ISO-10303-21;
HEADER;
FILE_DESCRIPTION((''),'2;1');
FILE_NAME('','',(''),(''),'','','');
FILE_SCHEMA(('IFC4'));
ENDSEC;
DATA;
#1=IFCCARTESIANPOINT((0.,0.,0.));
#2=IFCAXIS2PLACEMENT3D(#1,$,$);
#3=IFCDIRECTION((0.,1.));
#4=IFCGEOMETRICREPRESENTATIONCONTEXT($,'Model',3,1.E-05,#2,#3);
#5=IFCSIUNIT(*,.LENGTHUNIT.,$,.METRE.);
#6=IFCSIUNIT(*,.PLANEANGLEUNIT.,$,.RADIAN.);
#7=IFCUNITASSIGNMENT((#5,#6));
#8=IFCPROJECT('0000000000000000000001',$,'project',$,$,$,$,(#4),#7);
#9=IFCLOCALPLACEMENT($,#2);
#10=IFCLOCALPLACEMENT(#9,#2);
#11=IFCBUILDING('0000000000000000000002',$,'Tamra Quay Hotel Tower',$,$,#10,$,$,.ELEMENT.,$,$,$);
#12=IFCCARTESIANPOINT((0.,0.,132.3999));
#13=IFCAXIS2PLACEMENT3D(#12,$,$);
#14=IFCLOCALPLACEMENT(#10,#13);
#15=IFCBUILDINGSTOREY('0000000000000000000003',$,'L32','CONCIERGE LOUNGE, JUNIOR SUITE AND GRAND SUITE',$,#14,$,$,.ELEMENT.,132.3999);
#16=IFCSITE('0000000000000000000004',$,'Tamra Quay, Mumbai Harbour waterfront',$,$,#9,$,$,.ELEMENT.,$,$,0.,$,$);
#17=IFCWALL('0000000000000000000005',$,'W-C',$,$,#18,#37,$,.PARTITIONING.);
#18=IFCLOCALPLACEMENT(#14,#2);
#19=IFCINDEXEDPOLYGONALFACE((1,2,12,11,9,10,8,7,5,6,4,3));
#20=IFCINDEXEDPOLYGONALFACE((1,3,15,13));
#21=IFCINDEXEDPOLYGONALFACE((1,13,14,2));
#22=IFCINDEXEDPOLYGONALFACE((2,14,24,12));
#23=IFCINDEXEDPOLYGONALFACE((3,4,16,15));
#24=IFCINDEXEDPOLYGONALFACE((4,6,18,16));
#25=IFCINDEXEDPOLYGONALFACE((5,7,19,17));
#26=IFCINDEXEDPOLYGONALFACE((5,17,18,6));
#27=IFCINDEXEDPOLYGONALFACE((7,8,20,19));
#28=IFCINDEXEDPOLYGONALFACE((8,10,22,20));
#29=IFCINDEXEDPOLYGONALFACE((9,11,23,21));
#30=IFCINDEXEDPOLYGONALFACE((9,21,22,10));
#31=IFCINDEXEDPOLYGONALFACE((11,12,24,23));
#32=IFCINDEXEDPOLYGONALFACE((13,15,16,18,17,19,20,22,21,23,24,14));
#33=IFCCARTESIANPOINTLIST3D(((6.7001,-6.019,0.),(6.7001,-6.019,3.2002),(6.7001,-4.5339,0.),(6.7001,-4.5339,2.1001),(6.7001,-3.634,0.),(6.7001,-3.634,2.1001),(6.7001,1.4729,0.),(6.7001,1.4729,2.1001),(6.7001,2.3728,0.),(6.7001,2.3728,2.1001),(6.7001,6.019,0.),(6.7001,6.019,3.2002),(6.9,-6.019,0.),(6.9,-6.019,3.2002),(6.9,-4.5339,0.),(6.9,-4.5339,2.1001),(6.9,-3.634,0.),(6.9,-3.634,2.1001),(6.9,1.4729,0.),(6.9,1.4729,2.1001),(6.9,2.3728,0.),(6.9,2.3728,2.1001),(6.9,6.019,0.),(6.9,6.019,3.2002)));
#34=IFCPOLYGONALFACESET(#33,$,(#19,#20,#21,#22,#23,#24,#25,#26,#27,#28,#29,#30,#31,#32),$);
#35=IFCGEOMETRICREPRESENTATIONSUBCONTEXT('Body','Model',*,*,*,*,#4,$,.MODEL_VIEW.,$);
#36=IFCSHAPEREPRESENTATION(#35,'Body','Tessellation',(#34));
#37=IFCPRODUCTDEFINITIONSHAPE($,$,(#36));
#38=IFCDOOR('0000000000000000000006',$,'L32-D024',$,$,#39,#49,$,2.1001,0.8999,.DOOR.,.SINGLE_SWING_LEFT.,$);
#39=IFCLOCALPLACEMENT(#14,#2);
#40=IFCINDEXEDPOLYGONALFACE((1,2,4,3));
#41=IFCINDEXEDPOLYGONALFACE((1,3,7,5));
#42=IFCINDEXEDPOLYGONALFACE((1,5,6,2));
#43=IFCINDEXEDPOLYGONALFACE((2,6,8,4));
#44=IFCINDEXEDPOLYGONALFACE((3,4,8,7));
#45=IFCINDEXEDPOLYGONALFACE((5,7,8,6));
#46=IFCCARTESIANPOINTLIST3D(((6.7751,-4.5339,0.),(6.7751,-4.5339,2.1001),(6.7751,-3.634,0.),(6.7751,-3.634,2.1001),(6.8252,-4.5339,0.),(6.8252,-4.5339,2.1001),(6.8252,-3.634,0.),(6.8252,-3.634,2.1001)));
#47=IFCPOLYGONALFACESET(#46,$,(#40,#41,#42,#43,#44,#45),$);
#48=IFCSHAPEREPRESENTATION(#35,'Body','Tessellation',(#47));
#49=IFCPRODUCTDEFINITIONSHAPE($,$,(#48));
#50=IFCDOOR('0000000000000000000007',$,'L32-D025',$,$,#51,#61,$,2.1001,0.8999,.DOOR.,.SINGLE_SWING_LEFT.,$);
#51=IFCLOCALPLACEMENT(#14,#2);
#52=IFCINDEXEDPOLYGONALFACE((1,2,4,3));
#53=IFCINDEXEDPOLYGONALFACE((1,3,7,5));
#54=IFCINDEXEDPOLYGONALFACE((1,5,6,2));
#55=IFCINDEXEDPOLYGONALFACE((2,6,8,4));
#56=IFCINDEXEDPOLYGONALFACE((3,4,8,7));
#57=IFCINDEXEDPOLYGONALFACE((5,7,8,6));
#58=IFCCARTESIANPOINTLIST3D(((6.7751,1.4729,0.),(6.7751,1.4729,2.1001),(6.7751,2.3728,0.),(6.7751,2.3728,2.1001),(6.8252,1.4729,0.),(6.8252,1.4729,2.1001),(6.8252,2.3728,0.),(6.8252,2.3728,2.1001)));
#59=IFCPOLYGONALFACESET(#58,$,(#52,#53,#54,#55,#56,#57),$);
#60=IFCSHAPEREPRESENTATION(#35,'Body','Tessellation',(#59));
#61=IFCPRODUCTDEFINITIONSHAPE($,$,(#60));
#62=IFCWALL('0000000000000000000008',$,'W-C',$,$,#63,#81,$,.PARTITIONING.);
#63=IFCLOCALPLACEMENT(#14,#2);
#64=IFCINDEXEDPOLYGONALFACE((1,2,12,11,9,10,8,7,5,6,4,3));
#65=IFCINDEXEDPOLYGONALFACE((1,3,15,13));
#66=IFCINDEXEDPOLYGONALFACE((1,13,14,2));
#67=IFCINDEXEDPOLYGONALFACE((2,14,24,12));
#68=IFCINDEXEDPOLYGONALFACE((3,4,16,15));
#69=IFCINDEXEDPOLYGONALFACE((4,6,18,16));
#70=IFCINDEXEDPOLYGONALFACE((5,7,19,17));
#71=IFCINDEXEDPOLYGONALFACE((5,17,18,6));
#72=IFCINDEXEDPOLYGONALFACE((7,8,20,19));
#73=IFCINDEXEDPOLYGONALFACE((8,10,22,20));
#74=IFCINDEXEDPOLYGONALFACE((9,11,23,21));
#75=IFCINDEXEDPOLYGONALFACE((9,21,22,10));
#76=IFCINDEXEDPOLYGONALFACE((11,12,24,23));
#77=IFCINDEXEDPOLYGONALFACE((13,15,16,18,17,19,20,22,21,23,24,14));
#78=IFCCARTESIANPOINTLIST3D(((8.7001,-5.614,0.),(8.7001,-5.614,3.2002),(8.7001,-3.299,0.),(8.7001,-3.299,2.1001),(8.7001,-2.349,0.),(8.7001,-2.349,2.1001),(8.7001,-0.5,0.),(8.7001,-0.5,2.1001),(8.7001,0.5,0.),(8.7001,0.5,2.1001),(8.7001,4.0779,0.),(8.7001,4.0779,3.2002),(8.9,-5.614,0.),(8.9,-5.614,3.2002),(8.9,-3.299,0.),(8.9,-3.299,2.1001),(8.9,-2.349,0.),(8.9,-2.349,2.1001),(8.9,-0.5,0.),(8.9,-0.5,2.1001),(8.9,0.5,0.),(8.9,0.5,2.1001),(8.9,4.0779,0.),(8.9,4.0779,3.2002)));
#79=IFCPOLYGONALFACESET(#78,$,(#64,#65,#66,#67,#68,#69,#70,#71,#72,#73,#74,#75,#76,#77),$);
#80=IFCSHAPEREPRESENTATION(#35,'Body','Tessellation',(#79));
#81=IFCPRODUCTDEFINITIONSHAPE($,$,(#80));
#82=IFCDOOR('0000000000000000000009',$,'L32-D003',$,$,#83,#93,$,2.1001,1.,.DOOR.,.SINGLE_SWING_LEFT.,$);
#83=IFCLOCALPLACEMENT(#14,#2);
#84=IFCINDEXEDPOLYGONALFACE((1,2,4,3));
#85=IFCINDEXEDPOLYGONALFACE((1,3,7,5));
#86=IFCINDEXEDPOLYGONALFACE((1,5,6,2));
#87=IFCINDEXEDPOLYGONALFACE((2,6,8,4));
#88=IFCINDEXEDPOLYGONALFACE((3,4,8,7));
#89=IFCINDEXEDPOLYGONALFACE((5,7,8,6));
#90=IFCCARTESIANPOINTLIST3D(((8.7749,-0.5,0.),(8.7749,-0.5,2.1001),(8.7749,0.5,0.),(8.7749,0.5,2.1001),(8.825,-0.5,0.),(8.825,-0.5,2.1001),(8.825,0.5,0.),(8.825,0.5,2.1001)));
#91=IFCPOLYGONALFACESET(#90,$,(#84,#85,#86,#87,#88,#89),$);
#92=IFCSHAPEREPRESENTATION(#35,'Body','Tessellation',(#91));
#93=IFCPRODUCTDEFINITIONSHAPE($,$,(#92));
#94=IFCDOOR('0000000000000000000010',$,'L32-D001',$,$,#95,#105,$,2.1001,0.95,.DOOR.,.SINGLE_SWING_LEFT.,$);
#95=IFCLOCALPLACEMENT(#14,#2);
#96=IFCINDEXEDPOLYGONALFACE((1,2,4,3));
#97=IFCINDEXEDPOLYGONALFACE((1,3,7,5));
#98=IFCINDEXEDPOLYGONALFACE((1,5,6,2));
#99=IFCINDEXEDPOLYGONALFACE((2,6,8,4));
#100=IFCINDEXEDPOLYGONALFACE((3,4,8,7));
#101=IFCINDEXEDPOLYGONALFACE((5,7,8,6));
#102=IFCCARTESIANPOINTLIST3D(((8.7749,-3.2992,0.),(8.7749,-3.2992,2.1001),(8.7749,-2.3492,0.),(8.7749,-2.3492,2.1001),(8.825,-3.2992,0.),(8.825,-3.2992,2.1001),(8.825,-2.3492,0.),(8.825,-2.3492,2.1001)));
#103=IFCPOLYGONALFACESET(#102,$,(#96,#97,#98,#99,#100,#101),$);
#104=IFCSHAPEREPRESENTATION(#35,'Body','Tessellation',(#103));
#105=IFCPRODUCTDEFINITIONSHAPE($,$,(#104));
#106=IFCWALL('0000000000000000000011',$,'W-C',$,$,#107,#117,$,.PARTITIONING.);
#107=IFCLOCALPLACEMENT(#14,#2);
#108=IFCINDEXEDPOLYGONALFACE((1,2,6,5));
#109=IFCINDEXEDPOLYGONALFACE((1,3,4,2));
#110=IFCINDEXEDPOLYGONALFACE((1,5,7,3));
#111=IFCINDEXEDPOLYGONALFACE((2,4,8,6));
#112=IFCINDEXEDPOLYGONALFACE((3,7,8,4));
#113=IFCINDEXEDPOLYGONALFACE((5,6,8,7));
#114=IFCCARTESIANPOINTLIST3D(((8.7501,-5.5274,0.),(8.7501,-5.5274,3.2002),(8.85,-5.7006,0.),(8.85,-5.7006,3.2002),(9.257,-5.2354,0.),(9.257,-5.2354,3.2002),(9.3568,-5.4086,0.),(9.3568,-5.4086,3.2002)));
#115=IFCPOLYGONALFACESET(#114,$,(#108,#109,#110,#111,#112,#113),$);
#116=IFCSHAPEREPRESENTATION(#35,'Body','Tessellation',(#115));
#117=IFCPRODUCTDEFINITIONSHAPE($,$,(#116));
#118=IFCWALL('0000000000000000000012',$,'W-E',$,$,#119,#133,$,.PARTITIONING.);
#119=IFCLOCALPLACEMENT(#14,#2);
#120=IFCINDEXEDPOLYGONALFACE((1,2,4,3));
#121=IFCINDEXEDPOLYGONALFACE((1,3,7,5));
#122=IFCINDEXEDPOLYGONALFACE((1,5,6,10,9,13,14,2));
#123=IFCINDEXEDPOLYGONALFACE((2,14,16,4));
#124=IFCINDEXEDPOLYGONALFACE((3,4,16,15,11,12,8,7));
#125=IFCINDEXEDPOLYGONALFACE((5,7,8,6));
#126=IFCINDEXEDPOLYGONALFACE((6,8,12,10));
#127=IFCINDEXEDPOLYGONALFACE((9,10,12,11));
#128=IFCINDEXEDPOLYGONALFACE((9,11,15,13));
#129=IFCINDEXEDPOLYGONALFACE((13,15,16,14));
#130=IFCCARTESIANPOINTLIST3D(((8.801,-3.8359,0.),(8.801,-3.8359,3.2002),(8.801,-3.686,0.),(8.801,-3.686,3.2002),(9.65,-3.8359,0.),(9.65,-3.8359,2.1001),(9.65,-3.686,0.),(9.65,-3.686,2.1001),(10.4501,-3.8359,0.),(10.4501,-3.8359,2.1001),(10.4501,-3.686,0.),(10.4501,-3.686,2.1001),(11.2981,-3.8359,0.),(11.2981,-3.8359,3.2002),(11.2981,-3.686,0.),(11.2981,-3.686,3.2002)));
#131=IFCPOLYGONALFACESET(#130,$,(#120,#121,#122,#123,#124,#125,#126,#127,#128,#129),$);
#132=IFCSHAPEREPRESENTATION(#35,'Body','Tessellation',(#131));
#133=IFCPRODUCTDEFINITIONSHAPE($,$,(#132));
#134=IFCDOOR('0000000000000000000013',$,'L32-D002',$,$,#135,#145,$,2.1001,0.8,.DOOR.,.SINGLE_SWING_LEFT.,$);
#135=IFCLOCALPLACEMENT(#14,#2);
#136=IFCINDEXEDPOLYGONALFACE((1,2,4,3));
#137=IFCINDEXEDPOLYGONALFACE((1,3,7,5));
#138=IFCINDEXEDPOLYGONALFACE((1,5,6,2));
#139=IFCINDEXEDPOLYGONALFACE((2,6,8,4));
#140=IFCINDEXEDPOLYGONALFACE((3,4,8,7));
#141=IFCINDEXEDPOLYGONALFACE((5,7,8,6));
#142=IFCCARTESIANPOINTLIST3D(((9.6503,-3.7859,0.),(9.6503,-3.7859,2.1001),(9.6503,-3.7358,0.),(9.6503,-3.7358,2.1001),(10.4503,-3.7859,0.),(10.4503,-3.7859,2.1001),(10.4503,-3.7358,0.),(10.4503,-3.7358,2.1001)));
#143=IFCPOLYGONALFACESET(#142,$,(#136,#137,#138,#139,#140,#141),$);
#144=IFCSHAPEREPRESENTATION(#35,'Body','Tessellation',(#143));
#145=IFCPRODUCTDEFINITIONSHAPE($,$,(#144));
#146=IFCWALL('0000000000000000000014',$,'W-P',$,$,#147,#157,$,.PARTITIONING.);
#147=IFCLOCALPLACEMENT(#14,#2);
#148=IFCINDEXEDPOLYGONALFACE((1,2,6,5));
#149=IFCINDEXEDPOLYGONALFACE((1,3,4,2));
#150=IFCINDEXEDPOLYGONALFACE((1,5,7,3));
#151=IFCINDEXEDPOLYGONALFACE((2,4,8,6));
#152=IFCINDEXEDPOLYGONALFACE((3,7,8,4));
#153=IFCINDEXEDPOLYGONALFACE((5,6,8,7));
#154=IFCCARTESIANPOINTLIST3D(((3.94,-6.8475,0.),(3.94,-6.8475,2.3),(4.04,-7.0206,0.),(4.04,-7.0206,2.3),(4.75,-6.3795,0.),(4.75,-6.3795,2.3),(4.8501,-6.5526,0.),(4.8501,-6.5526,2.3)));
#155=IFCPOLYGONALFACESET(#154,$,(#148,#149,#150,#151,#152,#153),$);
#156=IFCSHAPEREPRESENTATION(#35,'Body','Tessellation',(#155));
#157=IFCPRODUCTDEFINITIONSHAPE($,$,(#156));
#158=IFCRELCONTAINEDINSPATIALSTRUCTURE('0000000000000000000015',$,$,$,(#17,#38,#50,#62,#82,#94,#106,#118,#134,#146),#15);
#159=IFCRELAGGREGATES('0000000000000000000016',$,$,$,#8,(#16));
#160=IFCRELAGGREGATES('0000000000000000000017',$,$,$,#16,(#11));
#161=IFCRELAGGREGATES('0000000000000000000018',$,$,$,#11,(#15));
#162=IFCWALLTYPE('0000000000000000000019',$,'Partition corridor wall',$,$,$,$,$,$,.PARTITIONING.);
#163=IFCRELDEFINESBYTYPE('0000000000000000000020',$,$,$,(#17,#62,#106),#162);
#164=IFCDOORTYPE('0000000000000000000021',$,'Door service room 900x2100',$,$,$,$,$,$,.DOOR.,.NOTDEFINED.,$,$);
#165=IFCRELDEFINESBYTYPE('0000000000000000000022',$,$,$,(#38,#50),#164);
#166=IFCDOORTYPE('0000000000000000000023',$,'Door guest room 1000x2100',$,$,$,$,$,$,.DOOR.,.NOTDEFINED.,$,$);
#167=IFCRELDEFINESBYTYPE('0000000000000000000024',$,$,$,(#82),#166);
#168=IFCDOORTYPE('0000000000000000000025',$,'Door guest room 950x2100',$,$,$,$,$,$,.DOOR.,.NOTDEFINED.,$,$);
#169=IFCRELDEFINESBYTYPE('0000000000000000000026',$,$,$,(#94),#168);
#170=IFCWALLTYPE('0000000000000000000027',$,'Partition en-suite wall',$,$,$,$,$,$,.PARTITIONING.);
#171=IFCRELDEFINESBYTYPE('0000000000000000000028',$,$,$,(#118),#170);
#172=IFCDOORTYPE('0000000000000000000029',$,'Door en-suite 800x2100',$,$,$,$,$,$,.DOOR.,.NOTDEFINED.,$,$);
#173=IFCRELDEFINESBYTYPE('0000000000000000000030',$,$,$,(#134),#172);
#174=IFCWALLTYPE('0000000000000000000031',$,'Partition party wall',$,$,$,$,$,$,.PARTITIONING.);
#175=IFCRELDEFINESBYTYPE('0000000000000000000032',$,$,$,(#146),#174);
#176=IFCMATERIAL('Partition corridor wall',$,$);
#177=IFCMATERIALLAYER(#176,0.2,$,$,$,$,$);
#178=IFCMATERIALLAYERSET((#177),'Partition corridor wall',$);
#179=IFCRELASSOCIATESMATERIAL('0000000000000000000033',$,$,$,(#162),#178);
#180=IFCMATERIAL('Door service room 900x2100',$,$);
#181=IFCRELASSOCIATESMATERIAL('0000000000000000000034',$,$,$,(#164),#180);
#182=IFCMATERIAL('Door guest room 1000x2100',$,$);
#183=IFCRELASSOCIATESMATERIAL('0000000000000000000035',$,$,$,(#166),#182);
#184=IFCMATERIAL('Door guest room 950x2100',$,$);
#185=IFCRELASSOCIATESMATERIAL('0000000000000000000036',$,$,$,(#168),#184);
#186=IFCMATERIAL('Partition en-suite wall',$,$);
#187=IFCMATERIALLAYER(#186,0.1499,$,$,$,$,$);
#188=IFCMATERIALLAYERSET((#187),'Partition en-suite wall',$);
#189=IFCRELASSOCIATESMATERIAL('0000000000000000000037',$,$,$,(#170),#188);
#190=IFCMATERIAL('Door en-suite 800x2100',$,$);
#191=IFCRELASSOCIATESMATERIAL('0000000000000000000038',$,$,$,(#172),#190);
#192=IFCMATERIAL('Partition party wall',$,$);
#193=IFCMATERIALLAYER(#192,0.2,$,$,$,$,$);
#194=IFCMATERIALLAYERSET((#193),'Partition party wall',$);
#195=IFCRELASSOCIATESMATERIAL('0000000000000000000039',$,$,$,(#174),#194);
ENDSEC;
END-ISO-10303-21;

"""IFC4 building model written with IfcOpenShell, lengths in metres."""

from ifc_helpers import new_model, si_unit, direction, frame, frame_2d, origin, place, context, subcontext, project, spatial, rectangle, extrude, material, layer, layer_set, type_object, element, fill, save


model = new_model("IFC4")

# Units and contexts
model_context = context("Model", 3, precision=1e-05, world=origin(), true_north=direction((0.0, 1.0)))
body_context = subcontext(model_context, "Body", "Model", "MODEL_VIEW")
ifc_project = project(units=[si_unit("LENGTHUNIT", "METRE"), si_unit("PLANEANGLEUNIT", "RADIAN")], contexts=[model_context])

# Site, building, storey
site_placement = place(None, origin())
site = spatial("IfcSite", under=ifc_project, at=site_placement, Name="Tamra Quay, Mumbai Harbour waterfront", CompositionType="ELEMENT", RefElevation=0.0)
building_placement = place(site_placement, origin())
building = spatial("IfcBuilding", under=site, at=building_placement, Name="Tamra Quay Hotel Tower", CompositionType="ELEMENT")
storey_placement = place(building_placement, frame((0.0, 0.0, 132.3999)))
storey = spatial("IfcBuildingStorey", under=building, at=storey_placement, Name="L32", Description="CONCIERGE LOUNGE, JUNIOR SUITE AND GRAND SUITE", CompositionType="ELEMENT", Elevation=132.3999)

# Shared definitions
ifc_material_1 = material(Name="Partition corridor wall")
ifc_layer_1 = layer(ifc_material_1, 0.2)
ifc_layer_set_1 = layer_set([ifc_layer_1], Name="Partition corridor wall")
wall_type_1 = type_object("IfcWallType", Name="Partition corridor wall", PredefinedType="PARTITIONING", material=ifc_layer_set_1)

# Walls, openings, doors
wall_1_placement = place(storey_placement, frame((6.8, -6.019, 0.0), z_axis=(0.0, 0.0, 1.0), x_axis=(0.0, 1.0, 0.0)))
wall_1 = element("IfcWall", 1, at=wall_1_placement, inside=storey, type_object=wall_type_1, Name="W-C", PredefinedType="PARTITIONING", context=body_context, shape_type="SweptSolid", body=[
    extrude(rectangle(XDim=12.0381, YDim=0.2, at=frame_2d((6.019, 0.0))), origin(), (0.0, 0.0, 1.0), 3.2002),
])
opening_1_placement = place(wall_1_placement, frame((1.4851, 0.0, 0.0)))
opening_1 = element("IfcOpeningElement", 2, at=opening_1_placement, cuts=wall_1, PredefinedType="OPENING", context=body_context, shape_type="SweptSolid", body=[
    extrude(rectangle(XDim=0.8999, YDim=2.1001, at=frame_2d((0.45, 1.05))), frame((0.0, 0.1099, 0.0), z_axis=(0.0, -1.0, 0.0), x_axis=(1.0, 0.0, 0.0)), (0.0, 0.0, 1.0), 0.22),
])
opening_2_placement = place(wall_1_placement, frame((7.4919, 0.0, 0.0)))
opening_2 = element("IfcOpeningElement", 3, at=opening_2_placement, cuts=wall_1, PredefinedType="OPENING", context=body_context, shape_type="SweptSolid", body=[
    extrude(rectangle(XDim=0.8999, YDim=2.1001, at=frame_2d((0.45, 1.05))), frame((0.0, 0.1099, 0.0), z_axis=(0.0, -1.0, 0.0), x_axis=(1.0, 0.0, 0.0)), (0.0, 0.0, 1.0), 0.22),
])
ifc_material_2 = material(Name="Door service room 900x2100")
door_type_1 = type_object("IfcDoorType", Name="Door service room 900x2100", OperationType="NOTDEFINED", PredefinedType="DOOR", material=ifc_material_2)
door_1_placement = place(opening_1_placement, origin())
door_1 = element("IfcDoor", 4, at=door_1_placement, inside=storey, type_object=door_type_1, Name="L32-D024", OperationType="SINGLE_SWING_LEFT", OverallHeight=2.1001, OverallWidth=0.8999, PredefinedType="DOOR", context=body_context, shape_type="SweptSolid", body=[
    extrude(rectangle(XDim=0.8999, YDim=2.1001, at=frame_2d((0.45, 1.05))), frame((0.0, 0.0249, 0.0), z_axis=(0.0, -1.0, 0.0), x_axis=(1.0, 0.0, 0.0)), (0.0, 0.0, 1.0), 0.05),
])
fill(opening_1, door_1)
door_2_placement = place(opening_2_placement, origin())
door_2 = element("IfcDoor", 5, at=door_2_placement, inside=storey, type_object=door_type_1, Name="L32-D025", OperationType="SINGLE_SWING_LEFT", OverallHeight=2.1001, OverallWidth=0.8999, PredefinedType="DOOR", context=body_context, shape_type="SweptSolid", body=[
    extrude(rectangle(XDim=0.8999, YDim=2.1001, at=frame_2d((0.45, 1.05))), frame((0.0, 0.0249, 0.0), z_axis=(0.0, -1.0, 0.0), x_axis=(1.0, 0.0, 0.0)), (0.0, 0.0, 1.0), 0.05),
])
fill(opening_2, door_2)
wall_2_placement = place(storey_placement, frame((8.8, -5.614, 0.0), z_axis=(0.0, 0.0, 1.0), x_axis=(0.0, 1.0, 0.0)))
wall_2 = element("IfcWall", 6, at=wall_2_placement, inside=storey, type_object=wall_type_1, Name="W-C", PredefinedType="PARTITIONING", context=body_context, shape_type="SweptSolid", body=[
    extrude(rectangle(XDim=9.6919, YDim=0.2, at=frame_2d((4.8459, 0.0))), origin(), (0.0, 0.0, 1.0), 3.2002),
])
opening_3_placement = place(wall_2_placement, frame((2.3149, 0.0, 0.0)))
opening_3 = element("IfcOpeningElement", 7, at=opening_3_placement, cuts=wall_2, PredefinedType="OPENING", context=body_context, shape_type="SweptSolid", body=[
    extrude(rectangle(XDim=0.95, YDim=2.1001, at=frame_2d((0.4751, 1.05))), frame((0.0, 0.1099, 0.0), z_axis=(0.0, -1.0, 0.0), x_axis=(1.0, 0.0, 0.0)), (0.0, 0.0, 1.0), 0.22),
])
opening_4_placement = place(wall_2_placement, frame((5.114, 0.0, 0.0)))
opening_4 = element("IfcOpeningElement", 8, at=opening_4_placement, cuts=wall_2, PredefinedType="OPENING", context=body_context, shape_type="SweptSolid", body=[
    extrude(rectangle(XDim=1.0, YDim=2.1001, at=frame_2d((0.5, 1.05))), frame((0.0, 0.1099, 0.0), z_axis=(0.0, -1.0, 0.0), x_axis=(1.0, 0.0, 0.0)), (0.0, 0.0, 1.0), 0.22),
])
ifc_material_3 = material(Name="Door guest room 1000x2100")
door_type_2 = type_object("IfcDoorType", Name="Door guest room 1000x2100", OperationType="NOTDEFINED", PredefinedType="DOOR", material=ifc_material_3)
door_3_placement = place(opening_4_placement, frame((1.0, 0.0, 0.0), z_axis=(0.0, 0.0, 1.0), x_axis=(-1.0, 0.0, 0.0)))
door_3 = element("IfcDoor", 9, at=door_3_placement, inside=storey, type_object=door_type_2, Name="L32-D003", OperationType="SINGLE_SWING_LEFT", OverallHeight=2.1001, OverallWidth=1.0, PredefinedType="DOOR", context=body_context, shape_type="SweptSolid", body=[
    extrude(rectangle(XDim=1.0, YDim=2.1001, at=frame_2d((0.5, 1.05))), frame((0.0, 0.0249, 0.0), z_axis=(0.0, -1.0, 0.0), x_axis=(1.0, 0.0, 0.0)), (0.0, 0.0, 1.0), 0.05),
])
fill(opening_4, door_3)
ifc_material_4 = material(Name="Door guest room 950x2100")
door_type_3 = type_object("IfcDoorType", Name="Door guest room 950x2100", OperationType="NOTDEFINED", PredefinedType="DOOR", material=ifc_material_4)
door_4_placement = place(opening_3_placement, frame((0.95, 0.0, 0.0), z_axis=(0.0, 0.0, 1.0), x_axis=(-1.0, 0.0, 0.0)))
door_4 = element("IfcDoor", 10, at=door_4_placement, inside=storey, type_object=door_type_3, Name="L32-D001", OperationType="SINGLE_SWING_LEFT", OverallHeight=2.1001, OverallWidth=0.95, PredefinedType="DOOR", context=body_context, shape_type="SweptSolid", body=[
    extrude(rectangle(XDim=0.95, YDim=2.1001, at=frame_2d((0.4751, 1.05))), frame((0.0, 0.0249, 0.0), z_axis=(0.0, -1.0, 0.0), x_axis=(1.0, 0.0, 0.0)), (0.0, 0.0, 1.0), 0.05),
])
fill(opening_3, door_4)

# Wall
wall_3_placement = place(storey_placement, frame((8.8, -5.614, 0.0), z_axis=(0.0, 0.0, 1.0), x_axis=(0.866491, 0.499192, 0.0)))
element("IfcWall", 11, at=wall_3_placement, inside=storey, type_object=wall_type_1, Name="W-C", PredefinedType="PARTITIONING", context=body_context, shape_type="SweptSolid", body=[
    extrude(rectangle(XDim=0.585, YDim=0.2, at=frame_2d((0.2925, 0.0))), origin(), (0.0, 0.0, 1.0), 3.2002),
])

# Wall, opening, door
ifc_material_5 = material(Name="Partition en-suite wall")
ifc_layer_2 = layer(ifc_material_5, 0.1499)
ifc_layer_set_2 = layer_set([ifc_layer_2], Name="Partition en-suite wall")
wall_type_2 = type_object("IfcWallType", Name="Partition en-suite wall", PredefinedType="PARTITIONING", material=ifc_layer_set_2)
wall_4_placement = place(storey_placement, frame((8.801, -3.761, 0.0), z_axis=(0.0, 0.0, 1.0), x_axis=(1.0, 0.0, 0.0)))
wall_4 = element("IfcWall", 12, at=wall_4_placement, inside=storey, type_object=wall_type_2, Name="W-E", PredefinedType="PARTITIONING", context=body_context, shape_type="SweptSolid", body=[
    extrude(rectangle(XDim=2.4971, YDim=0.1499, at=frame_2d((1.2485, 0.0))), origin(), (0.0, 0.0, 1.0), 3.2002),
])
opening_5_placement = place(wall_4_placement, frame((0.8491, 0.0, 0.0)))
opening_5 = element("IfcOpeningElement", 13, at=opening_5_placement, cuts=wall_4, PredefinedType="OPENING", context=body_context, shape_type="SweptSolid", body=[
    extrude(rectangle(XDim=0.8, YDim=2.1001, at=frame_2d((0.3999, 1.05))), frame((0.0, 0.085, 0.0), z_axis=(0.0, -1.0, 0.0), x_axis=(1.0, 0.0, 0.0)), (0.0, 0.0, 1.0), 0.1699),
])
ifc_material_6 = material(Name="Door en-suite 800x2100")
door_type_4 = type_object("IfcDoorType", Name="Door en-suite 800x2100", OperationType="NOTDEFINED", PredefinedType="DOOR", material=ifc_material_6)
door_5_placement = place(opening_5_placement, frame((0.8, 0.0, 0.0), z_axis=(0.0, 0.0, 1.0), x_axis=(-1.0, 0.0, 0.0)))
door_5 = element("IfcDoor", 14, at=door_5_placement, inside=storey, type_object=door_type_4, Name="L32-D002", OperationType="SINGLE_SWING_LEFT", OverallHeight=2.1001, OverallWidth=0.8, PredefinedType="DOOR", context=body_context, shape_type="SweptSolid", body=[
    extrude(rectangle(XDim=0.8, YDim=2.1001, at=frame_2d((0.3999, 1.05))), frame((0.0, 0.0249, 0.0), z_axis=(0.0, -1.0, 0.0), x_axis=(1.0, 0.0, 0.0)), (0.0, 0.0, 1.0), 0.05),
])
fill(opening_5, door_5)

# Wall
ifc_material_7 = material(Name="Partition party wall")
ifc_layer_3 = layer(ifc_material_7, 0.2)
ifc_layer_set_3 = layer_set([ifc_layer_3], Name="Partition party wall")
wall_type_3 = type_object("IfcWallType", Name="Partition party wall", PredefinedType="PARTITIONING", material=ifc_layer_set_3)
wall_5_placement = place(storey_placement, frame((3.99, -6.9341, 0.0), z_axis=(0.0, 0.0, 1.0), x_axis=(0.865873, 0.500265, 0.0)))
element("IfcWall", 15, at=wall_5_placement, inside=storey, type_object=wall_type_3, Name="W-P", PredefinedType="PARTITIONING", context=body_context, shape_type="SweptSolid", body=[
    extrude(rectangle(XDim=0.9355, YDim=0.2, at=frame_2d((0.4678, 0.0))), origin(), (0.0, 0.0, 1.0), 2.3),
])

save(model, "model.ifc")
